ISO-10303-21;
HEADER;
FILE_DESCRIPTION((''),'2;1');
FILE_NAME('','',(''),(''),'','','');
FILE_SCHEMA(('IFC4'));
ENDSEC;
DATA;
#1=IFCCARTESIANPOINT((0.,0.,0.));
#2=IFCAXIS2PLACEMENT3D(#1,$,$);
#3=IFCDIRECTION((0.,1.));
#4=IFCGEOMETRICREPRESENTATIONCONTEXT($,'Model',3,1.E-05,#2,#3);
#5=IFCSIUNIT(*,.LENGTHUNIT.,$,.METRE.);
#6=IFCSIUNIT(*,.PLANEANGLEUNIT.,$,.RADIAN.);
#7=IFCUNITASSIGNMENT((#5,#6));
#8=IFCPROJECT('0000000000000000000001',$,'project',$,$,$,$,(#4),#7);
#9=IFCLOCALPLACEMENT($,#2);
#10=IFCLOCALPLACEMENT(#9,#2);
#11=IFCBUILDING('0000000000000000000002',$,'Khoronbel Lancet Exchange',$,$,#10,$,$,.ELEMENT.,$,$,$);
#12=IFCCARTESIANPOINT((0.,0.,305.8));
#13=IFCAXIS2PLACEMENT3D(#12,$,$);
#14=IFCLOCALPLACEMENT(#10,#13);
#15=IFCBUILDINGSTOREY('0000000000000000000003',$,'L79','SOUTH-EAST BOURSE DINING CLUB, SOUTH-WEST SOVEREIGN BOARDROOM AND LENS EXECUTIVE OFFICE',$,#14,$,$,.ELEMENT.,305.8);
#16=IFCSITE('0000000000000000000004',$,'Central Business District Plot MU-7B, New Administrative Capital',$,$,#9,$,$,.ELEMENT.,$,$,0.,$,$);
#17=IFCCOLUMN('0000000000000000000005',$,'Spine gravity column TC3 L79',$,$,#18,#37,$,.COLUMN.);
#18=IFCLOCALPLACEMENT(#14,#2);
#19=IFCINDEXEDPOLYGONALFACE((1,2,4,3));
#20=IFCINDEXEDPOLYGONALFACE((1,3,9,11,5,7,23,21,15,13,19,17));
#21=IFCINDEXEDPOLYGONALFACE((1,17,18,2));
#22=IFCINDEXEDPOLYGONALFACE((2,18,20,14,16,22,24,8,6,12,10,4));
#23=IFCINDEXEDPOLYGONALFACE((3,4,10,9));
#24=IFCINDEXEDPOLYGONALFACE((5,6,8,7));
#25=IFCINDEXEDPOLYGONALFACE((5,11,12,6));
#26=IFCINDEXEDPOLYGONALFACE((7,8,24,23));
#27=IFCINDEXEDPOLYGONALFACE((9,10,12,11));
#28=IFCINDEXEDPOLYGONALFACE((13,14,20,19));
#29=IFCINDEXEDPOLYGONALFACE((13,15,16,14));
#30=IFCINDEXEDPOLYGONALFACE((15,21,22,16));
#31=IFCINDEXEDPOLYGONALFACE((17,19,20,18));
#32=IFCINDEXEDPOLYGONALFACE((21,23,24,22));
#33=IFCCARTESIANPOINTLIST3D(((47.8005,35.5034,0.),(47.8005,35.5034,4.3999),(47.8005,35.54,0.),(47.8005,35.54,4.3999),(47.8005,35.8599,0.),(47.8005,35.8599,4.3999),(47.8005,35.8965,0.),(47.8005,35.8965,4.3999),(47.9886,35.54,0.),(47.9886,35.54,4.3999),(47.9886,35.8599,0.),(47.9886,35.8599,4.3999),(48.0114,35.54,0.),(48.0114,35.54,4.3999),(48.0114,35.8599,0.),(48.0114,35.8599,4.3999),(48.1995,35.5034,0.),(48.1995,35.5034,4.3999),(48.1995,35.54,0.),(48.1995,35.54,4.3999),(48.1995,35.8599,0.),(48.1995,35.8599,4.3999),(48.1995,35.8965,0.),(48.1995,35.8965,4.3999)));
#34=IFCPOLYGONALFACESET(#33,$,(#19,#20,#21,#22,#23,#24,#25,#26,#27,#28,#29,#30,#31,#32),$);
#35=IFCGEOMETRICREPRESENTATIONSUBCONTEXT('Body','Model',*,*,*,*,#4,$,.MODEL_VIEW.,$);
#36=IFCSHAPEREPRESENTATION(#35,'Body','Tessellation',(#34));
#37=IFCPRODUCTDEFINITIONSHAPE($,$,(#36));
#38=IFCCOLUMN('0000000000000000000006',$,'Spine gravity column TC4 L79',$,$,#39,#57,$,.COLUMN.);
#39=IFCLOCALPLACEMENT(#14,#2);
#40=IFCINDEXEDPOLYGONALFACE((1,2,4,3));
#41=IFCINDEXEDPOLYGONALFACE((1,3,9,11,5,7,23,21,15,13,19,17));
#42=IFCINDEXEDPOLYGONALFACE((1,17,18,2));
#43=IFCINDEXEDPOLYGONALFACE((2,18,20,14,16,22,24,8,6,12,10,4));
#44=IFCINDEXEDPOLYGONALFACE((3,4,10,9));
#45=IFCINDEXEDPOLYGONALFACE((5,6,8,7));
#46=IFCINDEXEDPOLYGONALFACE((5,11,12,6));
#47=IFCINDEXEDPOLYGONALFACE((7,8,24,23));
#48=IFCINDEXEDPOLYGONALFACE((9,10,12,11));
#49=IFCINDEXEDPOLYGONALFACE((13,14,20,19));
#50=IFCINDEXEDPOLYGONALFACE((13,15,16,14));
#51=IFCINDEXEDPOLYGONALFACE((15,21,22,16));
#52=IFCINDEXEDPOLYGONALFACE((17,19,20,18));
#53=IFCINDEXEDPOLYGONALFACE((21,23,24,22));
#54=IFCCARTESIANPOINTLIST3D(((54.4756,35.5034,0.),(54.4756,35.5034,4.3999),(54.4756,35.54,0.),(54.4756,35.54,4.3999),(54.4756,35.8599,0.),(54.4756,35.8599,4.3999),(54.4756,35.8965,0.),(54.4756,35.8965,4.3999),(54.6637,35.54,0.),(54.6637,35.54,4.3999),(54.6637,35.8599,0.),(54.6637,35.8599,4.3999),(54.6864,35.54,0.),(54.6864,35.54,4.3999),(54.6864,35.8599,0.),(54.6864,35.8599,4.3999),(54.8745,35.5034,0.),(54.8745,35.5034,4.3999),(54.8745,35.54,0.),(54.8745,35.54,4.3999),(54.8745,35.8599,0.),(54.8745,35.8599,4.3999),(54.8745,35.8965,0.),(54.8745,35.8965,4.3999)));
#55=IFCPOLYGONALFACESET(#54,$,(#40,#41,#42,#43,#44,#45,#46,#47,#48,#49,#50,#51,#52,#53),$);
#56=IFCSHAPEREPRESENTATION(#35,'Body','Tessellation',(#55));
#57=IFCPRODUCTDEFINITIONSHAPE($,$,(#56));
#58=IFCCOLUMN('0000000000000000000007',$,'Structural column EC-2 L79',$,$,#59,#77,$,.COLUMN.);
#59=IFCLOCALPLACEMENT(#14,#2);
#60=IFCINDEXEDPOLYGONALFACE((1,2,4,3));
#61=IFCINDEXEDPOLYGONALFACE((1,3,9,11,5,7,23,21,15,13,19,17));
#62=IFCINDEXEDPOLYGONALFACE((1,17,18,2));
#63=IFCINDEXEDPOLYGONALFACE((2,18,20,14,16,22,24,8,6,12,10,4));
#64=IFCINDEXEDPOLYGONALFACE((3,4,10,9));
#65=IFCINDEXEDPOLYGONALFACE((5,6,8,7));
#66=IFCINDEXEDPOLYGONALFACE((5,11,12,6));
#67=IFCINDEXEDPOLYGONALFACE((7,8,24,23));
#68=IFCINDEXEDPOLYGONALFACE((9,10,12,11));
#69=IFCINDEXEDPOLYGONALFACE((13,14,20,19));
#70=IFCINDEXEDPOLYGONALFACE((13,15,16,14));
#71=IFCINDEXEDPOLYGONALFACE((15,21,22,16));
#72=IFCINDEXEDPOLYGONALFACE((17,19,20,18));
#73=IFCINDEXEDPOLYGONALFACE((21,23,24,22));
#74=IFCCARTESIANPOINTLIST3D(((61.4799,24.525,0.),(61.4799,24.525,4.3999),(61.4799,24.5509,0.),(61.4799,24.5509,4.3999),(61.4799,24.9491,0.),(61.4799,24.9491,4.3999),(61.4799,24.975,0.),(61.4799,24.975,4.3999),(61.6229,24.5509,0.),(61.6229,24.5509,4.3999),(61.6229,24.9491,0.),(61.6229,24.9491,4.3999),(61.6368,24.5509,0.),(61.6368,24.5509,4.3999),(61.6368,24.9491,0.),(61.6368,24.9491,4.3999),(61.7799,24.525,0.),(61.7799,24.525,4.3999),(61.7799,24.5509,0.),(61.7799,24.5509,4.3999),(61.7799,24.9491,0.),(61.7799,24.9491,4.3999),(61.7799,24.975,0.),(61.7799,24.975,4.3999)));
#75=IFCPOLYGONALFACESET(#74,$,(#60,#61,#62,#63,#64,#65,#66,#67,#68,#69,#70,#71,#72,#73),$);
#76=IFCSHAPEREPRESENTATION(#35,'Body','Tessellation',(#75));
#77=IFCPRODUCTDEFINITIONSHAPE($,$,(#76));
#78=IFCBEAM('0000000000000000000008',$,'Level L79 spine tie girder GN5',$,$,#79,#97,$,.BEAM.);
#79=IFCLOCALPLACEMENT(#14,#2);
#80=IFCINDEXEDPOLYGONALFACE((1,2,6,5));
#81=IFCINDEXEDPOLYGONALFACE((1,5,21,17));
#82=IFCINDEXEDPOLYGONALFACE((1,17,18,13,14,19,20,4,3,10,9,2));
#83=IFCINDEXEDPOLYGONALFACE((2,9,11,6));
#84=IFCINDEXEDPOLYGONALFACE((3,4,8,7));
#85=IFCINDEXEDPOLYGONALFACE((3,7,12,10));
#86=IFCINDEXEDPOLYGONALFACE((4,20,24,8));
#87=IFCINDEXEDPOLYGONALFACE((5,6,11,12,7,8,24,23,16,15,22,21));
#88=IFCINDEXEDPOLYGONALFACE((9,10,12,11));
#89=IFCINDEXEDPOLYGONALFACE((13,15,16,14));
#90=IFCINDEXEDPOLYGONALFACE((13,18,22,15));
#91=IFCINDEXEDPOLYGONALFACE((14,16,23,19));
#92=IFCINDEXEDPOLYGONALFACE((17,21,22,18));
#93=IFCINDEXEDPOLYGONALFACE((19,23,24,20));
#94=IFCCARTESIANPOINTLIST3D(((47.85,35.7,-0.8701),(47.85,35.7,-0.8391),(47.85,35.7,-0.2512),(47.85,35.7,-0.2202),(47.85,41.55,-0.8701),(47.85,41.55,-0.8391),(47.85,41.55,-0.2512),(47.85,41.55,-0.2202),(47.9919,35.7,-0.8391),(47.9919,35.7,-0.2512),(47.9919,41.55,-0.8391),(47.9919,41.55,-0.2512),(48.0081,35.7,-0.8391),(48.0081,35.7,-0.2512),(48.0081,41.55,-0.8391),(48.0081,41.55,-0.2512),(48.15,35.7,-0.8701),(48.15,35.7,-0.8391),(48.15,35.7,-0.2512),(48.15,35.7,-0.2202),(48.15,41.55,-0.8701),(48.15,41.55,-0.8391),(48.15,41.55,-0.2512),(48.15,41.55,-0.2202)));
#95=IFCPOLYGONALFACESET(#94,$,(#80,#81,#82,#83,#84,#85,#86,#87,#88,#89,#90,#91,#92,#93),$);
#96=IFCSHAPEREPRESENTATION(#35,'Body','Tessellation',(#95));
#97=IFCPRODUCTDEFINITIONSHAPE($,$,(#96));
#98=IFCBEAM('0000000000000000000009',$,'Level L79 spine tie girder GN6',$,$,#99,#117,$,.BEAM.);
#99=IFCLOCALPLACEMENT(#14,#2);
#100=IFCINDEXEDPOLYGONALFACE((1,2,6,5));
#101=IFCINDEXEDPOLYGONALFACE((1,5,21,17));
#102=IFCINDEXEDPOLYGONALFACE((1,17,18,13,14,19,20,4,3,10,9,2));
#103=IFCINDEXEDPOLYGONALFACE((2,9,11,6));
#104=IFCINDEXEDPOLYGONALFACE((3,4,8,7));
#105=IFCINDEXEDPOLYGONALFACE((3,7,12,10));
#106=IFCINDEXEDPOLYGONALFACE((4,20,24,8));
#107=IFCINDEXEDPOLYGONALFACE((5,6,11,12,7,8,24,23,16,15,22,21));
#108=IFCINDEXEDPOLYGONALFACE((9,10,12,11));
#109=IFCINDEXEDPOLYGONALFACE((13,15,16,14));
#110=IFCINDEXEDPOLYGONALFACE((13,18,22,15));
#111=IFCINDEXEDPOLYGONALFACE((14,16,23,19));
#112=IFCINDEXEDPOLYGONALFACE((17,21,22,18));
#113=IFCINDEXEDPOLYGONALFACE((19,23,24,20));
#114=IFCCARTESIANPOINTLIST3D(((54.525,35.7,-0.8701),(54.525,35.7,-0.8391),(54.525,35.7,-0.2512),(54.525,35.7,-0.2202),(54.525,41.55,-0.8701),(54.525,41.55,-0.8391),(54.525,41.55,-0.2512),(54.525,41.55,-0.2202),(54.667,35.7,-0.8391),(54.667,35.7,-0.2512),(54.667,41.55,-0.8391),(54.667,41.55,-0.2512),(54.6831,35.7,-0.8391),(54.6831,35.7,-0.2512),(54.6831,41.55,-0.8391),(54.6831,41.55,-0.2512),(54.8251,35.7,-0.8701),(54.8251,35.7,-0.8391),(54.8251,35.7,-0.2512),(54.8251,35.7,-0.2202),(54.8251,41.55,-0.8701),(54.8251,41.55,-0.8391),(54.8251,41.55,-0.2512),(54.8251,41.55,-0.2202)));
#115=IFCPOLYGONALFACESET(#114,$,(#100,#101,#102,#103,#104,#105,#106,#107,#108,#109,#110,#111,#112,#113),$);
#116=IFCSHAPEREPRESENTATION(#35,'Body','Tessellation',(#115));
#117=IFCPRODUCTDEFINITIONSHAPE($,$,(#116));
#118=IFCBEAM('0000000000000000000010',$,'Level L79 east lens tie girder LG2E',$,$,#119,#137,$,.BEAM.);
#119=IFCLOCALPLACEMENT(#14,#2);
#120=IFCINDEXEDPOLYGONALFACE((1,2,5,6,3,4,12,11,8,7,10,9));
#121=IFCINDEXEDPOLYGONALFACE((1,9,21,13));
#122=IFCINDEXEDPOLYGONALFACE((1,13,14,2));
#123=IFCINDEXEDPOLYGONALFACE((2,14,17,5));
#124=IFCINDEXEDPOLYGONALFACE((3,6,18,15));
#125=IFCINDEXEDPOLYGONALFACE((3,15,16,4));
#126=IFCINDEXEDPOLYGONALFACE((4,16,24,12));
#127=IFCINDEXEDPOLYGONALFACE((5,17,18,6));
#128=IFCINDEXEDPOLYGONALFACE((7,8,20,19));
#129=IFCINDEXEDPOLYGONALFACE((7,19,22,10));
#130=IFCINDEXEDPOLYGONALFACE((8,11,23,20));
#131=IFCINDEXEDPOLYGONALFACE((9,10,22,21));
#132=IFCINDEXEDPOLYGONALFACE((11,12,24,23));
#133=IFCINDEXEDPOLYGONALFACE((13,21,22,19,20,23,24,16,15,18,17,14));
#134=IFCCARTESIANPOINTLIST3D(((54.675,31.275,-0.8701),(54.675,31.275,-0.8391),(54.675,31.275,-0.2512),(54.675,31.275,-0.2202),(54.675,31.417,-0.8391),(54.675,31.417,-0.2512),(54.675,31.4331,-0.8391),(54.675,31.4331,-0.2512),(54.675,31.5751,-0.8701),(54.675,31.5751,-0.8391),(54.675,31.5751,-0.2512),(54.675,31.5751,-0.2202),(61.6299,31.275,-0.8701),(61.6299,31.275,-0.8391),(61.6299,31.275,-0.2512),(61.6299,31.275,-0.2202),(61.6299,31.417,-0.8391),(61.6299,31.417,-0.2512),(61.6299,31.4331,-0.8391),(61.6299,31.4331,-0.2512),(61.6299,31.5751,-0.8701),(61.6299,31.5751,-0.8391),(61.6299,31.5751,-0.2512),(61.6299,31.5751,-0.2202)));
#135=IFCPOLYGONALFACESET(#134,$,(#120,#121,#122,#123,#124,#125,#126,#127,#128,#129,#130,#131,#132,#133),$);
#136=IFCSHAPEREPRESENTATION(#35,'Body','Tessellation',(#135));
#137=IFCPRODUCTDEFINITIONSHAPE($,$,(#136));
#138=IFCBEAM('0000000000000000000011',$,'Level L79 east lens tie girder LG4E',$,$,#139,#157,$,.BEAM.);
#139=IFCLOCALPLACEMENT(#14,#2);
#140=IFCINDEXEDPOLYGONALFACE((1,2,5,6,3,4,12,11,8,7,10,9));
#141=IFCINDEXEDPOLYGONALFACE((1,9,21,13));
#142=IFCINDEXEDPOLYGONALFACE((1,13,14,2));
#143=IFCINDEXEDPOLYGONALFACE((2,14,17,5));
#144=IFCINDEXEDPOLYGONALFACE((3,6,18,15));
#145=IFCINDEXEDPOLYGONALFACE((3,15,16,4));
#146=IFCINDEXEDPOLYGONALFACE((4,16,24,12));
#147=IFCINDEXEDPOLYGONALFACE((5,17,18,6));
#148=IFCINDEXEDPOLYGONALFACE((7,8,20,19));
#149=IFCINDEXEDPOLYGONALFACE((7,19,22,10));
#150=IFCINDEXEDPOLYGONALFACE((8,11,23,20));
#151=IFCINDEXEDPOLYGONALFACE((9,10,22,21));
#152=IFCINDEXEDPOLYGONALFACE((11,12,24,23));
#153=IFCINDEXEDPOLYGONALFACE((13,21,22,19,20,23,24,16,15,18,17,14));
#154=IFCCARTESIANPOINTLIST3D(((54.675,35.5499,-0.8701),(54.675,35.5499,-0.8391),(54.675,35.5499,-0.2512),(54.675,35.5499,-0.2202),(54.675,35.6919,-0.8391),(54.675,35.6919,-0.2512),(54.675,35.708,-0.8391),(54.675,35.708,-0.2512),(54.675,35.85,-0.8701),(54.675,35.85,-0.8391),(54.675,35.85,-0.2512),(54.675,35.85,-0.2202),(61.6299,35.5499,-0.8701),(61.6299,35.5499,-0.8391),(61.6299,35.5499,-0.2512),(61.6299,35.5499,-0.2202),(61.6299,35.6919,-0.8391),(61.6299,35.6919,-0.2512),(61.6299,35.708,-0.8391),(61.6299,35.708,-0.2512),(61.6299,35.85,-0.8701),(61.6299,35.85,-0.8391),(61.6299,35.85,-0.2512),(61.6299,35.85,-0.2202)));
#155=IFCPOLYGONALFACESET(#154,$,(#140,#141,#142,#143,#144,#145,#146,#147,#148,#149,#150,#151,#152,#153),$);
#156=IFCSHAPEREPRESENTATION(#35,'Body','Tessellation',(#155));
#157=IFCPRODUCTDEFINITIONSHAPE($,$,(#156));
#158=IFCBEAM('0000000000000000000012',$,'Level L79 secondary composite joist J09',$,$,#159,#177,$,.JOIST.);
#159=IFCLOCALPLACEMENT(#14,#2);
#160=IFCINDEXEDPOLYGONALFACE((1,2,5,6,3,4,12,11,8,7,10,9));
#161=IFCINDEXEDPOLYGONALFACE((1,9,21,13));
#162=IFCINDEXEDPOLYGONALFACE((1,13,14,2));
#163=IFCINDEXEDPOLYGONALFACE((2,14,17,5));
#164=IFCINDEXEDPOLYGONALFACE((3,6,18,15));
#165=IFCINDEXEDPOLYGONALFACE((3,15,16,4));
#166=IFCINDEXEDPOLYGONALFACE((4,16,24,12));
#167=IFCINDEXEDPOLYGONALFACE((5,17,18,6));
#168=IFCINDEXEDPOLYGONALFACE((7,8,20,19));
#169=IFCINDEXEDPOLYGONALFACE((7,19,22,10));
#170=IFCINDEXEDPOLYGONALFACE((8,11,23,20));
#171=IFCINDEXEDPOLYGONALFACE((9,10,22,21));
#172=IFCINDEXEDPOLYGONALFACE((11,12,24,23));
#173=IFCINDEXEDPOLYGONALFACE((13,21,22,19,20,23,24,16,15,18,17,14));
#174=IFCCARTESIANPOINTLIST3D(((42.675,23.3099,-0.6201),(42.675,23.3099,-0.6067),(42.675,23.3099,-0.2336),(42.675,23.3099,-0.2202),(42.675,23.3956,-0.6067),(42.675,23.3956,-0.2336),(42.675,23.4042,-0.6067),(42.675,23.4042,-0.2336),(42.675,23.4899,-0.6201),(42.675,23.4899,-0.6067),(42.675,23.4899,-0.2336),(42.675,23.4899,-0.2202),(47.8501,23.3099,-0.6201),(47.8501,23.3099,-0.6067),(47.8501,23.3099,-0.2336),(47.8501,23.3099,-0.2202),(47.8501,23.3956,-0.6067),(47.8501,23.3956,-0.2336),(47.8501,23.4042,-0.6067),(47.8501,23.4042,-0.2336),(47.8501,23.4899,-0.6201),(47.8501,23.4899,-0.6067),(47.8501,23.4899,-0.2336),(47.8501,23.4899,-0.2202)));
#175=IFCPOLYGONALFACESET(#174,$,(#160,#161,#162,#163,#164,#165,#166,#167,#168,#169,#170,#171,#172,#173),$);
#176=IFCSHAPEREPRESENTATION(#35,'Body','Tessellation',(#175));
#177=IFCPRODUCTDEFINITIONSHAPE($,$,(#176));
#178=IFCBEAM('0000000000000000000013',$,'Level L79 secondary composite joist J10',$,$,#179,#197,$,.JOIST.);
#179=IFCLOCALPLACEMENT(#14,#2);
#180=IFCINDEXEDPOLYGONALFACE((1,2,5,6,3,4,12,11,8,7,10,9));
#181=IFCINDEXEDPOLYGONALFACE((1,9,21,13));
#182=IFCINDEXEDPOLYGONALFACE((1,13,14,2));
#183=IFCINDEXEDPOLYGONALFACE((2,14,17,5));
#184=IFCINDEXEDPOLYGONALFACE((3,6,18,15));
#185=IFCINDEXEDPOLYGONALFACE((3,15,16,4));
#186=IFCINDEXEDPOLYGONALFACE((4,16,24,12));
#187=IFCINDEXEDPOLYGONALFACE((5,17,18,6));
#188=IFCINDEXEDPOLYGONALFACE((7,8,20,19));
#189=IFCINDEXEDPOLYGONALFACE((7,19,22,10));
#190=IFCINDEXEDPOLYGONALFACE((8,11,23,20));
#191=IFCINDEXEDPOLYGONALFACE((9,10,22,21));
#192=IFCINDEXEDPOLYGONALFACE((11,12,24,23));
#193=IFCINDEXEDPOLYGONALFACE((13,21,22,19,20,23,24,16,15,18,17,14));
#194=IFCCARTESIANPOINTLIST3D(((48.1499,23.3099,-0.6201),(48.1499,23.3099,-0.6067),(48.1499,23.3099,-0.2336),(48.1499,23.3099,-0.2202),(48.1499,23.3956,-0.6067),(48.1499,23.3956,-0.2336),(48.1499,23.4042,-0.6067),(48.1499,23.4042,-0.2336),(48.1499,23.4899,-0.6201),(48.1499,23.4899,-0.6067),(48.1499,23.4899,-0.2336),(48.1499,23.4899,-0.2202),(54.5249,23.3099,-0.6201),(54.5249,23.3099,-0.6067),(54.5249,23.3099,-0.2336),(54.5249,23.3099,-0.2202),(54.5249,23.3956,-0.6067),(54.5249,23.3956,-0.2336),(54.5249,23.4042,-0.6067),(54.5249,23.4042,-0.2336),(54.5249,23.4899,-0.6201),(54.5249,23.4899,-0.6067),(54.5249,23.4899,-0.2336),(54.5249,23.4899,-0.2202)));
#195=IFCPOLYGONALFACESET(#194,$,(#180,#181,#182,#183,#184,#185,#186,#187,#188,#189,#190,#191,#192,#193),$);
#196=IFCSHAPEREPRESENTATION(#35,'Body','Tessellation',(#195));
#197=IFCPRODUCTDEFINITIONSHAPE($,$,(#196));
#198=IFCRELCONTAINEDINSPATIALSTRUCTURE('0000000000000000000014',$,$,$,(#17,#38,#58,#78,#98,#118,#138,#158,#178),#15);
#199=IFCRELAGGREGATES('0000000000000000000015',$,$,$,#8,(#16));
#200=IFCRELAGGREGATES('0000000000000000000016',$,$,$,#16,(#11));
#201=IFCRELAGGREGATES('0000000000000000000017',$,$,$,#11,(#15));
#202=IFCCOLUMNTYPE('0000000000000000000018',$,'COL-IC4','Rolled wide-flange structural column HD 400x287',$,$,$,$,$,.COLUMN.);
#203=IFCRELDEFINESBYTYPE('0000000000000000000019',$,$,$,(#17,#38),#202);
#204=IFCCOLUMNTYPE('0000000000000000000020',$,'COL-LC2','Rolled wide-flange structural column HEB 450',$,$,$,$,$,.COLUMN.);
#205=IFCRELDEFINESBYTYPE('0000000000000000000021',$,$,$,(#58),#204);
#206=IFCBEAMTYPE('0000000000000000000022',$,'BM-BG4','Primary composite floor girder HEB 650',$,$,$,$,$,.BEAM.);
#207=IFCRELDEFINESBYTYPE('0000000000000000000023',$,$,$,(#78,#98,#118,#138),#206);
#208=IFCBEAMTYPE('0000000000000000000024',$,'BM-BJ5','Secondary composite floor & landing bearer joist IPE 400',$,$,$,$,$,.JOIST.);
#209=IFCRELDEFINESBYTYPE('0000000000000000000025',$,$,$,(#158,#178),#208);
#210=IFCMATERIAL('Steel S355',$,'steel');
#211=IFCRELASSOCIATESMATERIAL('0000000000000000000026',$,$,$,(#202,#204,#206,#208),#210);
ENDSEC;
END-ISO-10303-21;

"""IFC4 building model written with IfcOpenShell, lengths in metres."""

from ifc_helpers import new_model, si_unit, direction, frame, origin, origin_2d, place, context, subcontext, project, spatial, i_section, extrude, material, material_profile, profile_set, type_object, element, save


model = new_model("IFC4")

# Units and contexts
model_context = context("Model", 3, precision=1e-05, world=origin(), true_north=direction((0.0, 1.0)))
body_context = subcontext(model_context, "Body", "Model", "MODEL_VIEW")
ifc_project = project(units=[si_unit("LENGTHUNIT", "METRE"), si_unit("PLANEANGLEUNIT", "RADIAN")], contexts=[model_context])

# Site, building, storey
site_placement = place(None, origin())
site = spatial("IfcSite", under=ifc_project, at=site_placement, Name="Central Business District Plot MU-7B, New Administrative Capital", CompositionType="ELEMENT", RefElevation=0.0)
building_placement = place(site_placement, origin())
building = spatial("IfcBuilding", under=site, at=building_placement, Name="Khoronbel Lancet Exchange", CompositionType="ELEMENT")
storey_placement = place(building_placement, frame((0.0, 0.0, 305.8)))
storey = spatial("IfcBuildingStorey", under=building, at=storey_placement, Name="L79", Description="SOUTH-EAST BOURSE DINING CLUB, SOUTH-WEST SOVEREIGN BOARDROOM AND LENS EXECUTIVE OFFICE", CompositionType="ELEMENT", Elevation=305.8)

# Columns
ifc_material_1 = material(Name="Steel S355", Category="steel")
ifc_material_profile_1 = material_profile(ifc_material_1, i_section(OverallWidth=0.3989, OverallDepth=0.3931, WebThickness=0.0227, FlangeThickness=0.0366, at=origin_2d()), Name="HD 400x287")
ifc_profile_set_1 = profile_set([ifc_material_profile_1], Name="Steel S355")
column_type_1 = type_object("IfcColumnType", Name="COL-IC4", Description="Rolled wide-flange structural column HD 400x287", PredefinedType="COLUMN", material=ifc_profile_set_1)
for number, where, z_axis, x_axis, name in (
    (1, (48.0, 35.7, 0.0), (0.0, 0.0, 1.0), (1.0, 0.0, 0.0), "Spine gravity column TC3 L79"),
    (2, (54.675, 35.7, 0.0), (0.0, 0.0, 1.0), (1.0, 0.0, 0.0), "Spine gravity column TC4 L79"),
):
    element("IfcColumn", number, at=place(storey_placement, frame(where, z_axis=z_axis, x_axis=x_axis)), inside=storey, type_object=column_type_1, Name=name, PredefinedType="COLUMN", context=body_context, shape_type="SweptSolid", body=[
        extrude(i_section(OverallWidth=0.3989, OverallDepth=0.3931, WebThickness=0.0227, FlangeThickness=0.0366, at=origin_2d()), origin(), (0.0, 0.0, 1.0), 4.3999),
    ])
ifc_material_profile_2 = material_profile(ifc_material_1, i_section(OverallWidth=0.3, OverallDepth=0.45, WebThickness=0.0139, FlangeThickness=0.0259, at=origin_2d()), Name="HEB 450")
ifc_profile_set_2 = profile_set([ifc_material_profile_2], Name="Steel S355")
column_type_2 = type_object("IfcColumnType", Name="COL-LC2", Description="Rolled wide-flange structural column HEB 450", PredefinedType="COLUMN", material=ifc_profile_set_2)
column_placement = place(storey_placement, frame((61.6299, 24.75, 0.0), z_axis=(0.0, 0.0, 1.0), x_axis=(1.0, 0.0, 0.0)))
element("IfcColumn", 3, at=column_placement, inside=storey, type_object=column_type_2, Name="Structural column EC-2 L79", PredefinedType="COLUMN", context=body_context, shape_type="SweptSolid", body=[
    extrude(i_section(OverallWidth=0.3, OverallDepth=0.45, WebThickness=0.0139, FlangeThickness=0.0259, at=origin_2d()), origin(), (0.0, 0.0, 1.0), 4.3999),
])

# Beams
ifc_material_profile_3 = material_profile(ifc_material_1, i_section(OverallWidth=0.3, OverallDepth=0.6499, WebThickness=0.0161, FlangeThickness=0.031, at=origin_2d()), Name="HEB 650")
ifc_profile_set_3 = profile_set([ifc_material_profile_3], Name="Steel S355")
beam_type_1 = type_object("IfcBeamType", Name="BM-BG4", Description="Primary composite floor girder HEB 650", PredefinedType="BEAM", material=ifc_profile_set_3)
for number, where, z_axis, x_axis, name in (
    (4, (48.0, 35.7, -0.5452), (0.0, 1.0, 0.0), (-1.0, 0.0, 0.0), "Level L79 spine tie girder GN5"),
    (5, (54.675, 35.7, -0.5452), (0.0, 1.0, 0.0), (-1.0, 0.0, 0.0), "Level L79 spine tie girder GN6"),
):
    element("IfcBeam", number, at=place(storey_placement, frame(where, z_axis=z_axis, x_axis=x_axis)), inside=storey, type_object=beam_type_1, Name=name, PredefinedType="BEAM", context=body_context, shape_type="SweptSolid", body=[
        extrude(i_section(OverallWidth=0.3, OverallDepth=0.6499, WebThickness=0.0161, FlangeThickness=0.031, at=origin_2d()), origin(), (0.0, 0.0, 1.0), 5.8501),
    ])
for number, where, z_axis, x_axis, name in (
    (6, (54.675, 31.425, -0.5452), (1.0, 0.0, 0.0), (0.0, 1.0, 0.0), "Level L79 east lens tie girder LG2E"),
    (7, (54.675, 35.7, -0.5452), (1.0, 0.0, 0.0), (0.0, 1.0, 0.0), "Level L79 east lens tie girder LG4E"),
):
    element("IfcBeam", number, at=place(storey_placement, frame(where, z_axis=z_axis, x_axis=x_axis)), inside=storey, type_object=beam_type_1, Name=name, PredefinedType="BEAM", context=body_context, shape_type="SweptSolid", body=[
        extrude(i_section(OverallWidth=0.3, OverallDepth=0.6499, WebThickness=0.0161, FlangeThickness=0.031, at=origin_2d()), origin(), (0.0, 0.0, 1.0), 6.9548),
    ])
ifc_material_profile_4 = material_profile(ifc_material_1, i_section(OverallWidth=0.1799, OverallDepth=0.3999, WebThickness=0.0085, FlangeThickness=0.0134, at=origin_2d()), Name="IPE 400")
ifc_profile_set_4 = profile_set([ifc_material_profile_4], Name="Steel S355")
beam_type_2 = type_object("IfcBeamType", Name="BM-BJ5", Description="Secondary composite floor & landing bearer joist IPE 400", PredefinedType="JOIST", material=ifc_profile_set_4)
beam_1_placement = place(storey_placement, frame((42.675, 23.3999, -0.4202), z_axis=(1.0, 0.0, 0.0), x_axis=(0.0, 1.0, 0.0)))
element("IfcBeam", 8, at=beam_1_placement, inside=storey, type_object=beam_type_2, Name="Level L79 secondary composite joist J09", PredefinedType="JOIST", context=body_context, shape_type="SweptSolid", body=[
    extrude(i_section(OverallWidth=0.1799, OverallDepth=0.3999, WebThickness=0.0085, FlangeThickness=0.0134, at=origin_2d()), origin(), (0.0, 0.0, 1.0), 5.175),
])
beam_2_placement = place(storey_placement, frame((48.1499, 23.3999, -0.4202), z_axis=(1.0, 0.0, 0.0), x_axis=(0.0, 1.0, 0.0)))
element("IfcBeam", 9, at=beam_2_placement, inside=storey, type_object=beam_type_2, Name="Level L79 secondary composite joist J10", PredefinedType="JOIST", context=body_context, shape_type="SweptSolid", body=[
    extrude(i_section(OverallWidth=0.1799, OverallDepth=0.3999, WebThickness=0.0085, FlangeThickness=0.0134, at=origin_2d()), origin(), (0.0, 0.0, 1.0), 6.375),
])

save(model, "model.ifc")
